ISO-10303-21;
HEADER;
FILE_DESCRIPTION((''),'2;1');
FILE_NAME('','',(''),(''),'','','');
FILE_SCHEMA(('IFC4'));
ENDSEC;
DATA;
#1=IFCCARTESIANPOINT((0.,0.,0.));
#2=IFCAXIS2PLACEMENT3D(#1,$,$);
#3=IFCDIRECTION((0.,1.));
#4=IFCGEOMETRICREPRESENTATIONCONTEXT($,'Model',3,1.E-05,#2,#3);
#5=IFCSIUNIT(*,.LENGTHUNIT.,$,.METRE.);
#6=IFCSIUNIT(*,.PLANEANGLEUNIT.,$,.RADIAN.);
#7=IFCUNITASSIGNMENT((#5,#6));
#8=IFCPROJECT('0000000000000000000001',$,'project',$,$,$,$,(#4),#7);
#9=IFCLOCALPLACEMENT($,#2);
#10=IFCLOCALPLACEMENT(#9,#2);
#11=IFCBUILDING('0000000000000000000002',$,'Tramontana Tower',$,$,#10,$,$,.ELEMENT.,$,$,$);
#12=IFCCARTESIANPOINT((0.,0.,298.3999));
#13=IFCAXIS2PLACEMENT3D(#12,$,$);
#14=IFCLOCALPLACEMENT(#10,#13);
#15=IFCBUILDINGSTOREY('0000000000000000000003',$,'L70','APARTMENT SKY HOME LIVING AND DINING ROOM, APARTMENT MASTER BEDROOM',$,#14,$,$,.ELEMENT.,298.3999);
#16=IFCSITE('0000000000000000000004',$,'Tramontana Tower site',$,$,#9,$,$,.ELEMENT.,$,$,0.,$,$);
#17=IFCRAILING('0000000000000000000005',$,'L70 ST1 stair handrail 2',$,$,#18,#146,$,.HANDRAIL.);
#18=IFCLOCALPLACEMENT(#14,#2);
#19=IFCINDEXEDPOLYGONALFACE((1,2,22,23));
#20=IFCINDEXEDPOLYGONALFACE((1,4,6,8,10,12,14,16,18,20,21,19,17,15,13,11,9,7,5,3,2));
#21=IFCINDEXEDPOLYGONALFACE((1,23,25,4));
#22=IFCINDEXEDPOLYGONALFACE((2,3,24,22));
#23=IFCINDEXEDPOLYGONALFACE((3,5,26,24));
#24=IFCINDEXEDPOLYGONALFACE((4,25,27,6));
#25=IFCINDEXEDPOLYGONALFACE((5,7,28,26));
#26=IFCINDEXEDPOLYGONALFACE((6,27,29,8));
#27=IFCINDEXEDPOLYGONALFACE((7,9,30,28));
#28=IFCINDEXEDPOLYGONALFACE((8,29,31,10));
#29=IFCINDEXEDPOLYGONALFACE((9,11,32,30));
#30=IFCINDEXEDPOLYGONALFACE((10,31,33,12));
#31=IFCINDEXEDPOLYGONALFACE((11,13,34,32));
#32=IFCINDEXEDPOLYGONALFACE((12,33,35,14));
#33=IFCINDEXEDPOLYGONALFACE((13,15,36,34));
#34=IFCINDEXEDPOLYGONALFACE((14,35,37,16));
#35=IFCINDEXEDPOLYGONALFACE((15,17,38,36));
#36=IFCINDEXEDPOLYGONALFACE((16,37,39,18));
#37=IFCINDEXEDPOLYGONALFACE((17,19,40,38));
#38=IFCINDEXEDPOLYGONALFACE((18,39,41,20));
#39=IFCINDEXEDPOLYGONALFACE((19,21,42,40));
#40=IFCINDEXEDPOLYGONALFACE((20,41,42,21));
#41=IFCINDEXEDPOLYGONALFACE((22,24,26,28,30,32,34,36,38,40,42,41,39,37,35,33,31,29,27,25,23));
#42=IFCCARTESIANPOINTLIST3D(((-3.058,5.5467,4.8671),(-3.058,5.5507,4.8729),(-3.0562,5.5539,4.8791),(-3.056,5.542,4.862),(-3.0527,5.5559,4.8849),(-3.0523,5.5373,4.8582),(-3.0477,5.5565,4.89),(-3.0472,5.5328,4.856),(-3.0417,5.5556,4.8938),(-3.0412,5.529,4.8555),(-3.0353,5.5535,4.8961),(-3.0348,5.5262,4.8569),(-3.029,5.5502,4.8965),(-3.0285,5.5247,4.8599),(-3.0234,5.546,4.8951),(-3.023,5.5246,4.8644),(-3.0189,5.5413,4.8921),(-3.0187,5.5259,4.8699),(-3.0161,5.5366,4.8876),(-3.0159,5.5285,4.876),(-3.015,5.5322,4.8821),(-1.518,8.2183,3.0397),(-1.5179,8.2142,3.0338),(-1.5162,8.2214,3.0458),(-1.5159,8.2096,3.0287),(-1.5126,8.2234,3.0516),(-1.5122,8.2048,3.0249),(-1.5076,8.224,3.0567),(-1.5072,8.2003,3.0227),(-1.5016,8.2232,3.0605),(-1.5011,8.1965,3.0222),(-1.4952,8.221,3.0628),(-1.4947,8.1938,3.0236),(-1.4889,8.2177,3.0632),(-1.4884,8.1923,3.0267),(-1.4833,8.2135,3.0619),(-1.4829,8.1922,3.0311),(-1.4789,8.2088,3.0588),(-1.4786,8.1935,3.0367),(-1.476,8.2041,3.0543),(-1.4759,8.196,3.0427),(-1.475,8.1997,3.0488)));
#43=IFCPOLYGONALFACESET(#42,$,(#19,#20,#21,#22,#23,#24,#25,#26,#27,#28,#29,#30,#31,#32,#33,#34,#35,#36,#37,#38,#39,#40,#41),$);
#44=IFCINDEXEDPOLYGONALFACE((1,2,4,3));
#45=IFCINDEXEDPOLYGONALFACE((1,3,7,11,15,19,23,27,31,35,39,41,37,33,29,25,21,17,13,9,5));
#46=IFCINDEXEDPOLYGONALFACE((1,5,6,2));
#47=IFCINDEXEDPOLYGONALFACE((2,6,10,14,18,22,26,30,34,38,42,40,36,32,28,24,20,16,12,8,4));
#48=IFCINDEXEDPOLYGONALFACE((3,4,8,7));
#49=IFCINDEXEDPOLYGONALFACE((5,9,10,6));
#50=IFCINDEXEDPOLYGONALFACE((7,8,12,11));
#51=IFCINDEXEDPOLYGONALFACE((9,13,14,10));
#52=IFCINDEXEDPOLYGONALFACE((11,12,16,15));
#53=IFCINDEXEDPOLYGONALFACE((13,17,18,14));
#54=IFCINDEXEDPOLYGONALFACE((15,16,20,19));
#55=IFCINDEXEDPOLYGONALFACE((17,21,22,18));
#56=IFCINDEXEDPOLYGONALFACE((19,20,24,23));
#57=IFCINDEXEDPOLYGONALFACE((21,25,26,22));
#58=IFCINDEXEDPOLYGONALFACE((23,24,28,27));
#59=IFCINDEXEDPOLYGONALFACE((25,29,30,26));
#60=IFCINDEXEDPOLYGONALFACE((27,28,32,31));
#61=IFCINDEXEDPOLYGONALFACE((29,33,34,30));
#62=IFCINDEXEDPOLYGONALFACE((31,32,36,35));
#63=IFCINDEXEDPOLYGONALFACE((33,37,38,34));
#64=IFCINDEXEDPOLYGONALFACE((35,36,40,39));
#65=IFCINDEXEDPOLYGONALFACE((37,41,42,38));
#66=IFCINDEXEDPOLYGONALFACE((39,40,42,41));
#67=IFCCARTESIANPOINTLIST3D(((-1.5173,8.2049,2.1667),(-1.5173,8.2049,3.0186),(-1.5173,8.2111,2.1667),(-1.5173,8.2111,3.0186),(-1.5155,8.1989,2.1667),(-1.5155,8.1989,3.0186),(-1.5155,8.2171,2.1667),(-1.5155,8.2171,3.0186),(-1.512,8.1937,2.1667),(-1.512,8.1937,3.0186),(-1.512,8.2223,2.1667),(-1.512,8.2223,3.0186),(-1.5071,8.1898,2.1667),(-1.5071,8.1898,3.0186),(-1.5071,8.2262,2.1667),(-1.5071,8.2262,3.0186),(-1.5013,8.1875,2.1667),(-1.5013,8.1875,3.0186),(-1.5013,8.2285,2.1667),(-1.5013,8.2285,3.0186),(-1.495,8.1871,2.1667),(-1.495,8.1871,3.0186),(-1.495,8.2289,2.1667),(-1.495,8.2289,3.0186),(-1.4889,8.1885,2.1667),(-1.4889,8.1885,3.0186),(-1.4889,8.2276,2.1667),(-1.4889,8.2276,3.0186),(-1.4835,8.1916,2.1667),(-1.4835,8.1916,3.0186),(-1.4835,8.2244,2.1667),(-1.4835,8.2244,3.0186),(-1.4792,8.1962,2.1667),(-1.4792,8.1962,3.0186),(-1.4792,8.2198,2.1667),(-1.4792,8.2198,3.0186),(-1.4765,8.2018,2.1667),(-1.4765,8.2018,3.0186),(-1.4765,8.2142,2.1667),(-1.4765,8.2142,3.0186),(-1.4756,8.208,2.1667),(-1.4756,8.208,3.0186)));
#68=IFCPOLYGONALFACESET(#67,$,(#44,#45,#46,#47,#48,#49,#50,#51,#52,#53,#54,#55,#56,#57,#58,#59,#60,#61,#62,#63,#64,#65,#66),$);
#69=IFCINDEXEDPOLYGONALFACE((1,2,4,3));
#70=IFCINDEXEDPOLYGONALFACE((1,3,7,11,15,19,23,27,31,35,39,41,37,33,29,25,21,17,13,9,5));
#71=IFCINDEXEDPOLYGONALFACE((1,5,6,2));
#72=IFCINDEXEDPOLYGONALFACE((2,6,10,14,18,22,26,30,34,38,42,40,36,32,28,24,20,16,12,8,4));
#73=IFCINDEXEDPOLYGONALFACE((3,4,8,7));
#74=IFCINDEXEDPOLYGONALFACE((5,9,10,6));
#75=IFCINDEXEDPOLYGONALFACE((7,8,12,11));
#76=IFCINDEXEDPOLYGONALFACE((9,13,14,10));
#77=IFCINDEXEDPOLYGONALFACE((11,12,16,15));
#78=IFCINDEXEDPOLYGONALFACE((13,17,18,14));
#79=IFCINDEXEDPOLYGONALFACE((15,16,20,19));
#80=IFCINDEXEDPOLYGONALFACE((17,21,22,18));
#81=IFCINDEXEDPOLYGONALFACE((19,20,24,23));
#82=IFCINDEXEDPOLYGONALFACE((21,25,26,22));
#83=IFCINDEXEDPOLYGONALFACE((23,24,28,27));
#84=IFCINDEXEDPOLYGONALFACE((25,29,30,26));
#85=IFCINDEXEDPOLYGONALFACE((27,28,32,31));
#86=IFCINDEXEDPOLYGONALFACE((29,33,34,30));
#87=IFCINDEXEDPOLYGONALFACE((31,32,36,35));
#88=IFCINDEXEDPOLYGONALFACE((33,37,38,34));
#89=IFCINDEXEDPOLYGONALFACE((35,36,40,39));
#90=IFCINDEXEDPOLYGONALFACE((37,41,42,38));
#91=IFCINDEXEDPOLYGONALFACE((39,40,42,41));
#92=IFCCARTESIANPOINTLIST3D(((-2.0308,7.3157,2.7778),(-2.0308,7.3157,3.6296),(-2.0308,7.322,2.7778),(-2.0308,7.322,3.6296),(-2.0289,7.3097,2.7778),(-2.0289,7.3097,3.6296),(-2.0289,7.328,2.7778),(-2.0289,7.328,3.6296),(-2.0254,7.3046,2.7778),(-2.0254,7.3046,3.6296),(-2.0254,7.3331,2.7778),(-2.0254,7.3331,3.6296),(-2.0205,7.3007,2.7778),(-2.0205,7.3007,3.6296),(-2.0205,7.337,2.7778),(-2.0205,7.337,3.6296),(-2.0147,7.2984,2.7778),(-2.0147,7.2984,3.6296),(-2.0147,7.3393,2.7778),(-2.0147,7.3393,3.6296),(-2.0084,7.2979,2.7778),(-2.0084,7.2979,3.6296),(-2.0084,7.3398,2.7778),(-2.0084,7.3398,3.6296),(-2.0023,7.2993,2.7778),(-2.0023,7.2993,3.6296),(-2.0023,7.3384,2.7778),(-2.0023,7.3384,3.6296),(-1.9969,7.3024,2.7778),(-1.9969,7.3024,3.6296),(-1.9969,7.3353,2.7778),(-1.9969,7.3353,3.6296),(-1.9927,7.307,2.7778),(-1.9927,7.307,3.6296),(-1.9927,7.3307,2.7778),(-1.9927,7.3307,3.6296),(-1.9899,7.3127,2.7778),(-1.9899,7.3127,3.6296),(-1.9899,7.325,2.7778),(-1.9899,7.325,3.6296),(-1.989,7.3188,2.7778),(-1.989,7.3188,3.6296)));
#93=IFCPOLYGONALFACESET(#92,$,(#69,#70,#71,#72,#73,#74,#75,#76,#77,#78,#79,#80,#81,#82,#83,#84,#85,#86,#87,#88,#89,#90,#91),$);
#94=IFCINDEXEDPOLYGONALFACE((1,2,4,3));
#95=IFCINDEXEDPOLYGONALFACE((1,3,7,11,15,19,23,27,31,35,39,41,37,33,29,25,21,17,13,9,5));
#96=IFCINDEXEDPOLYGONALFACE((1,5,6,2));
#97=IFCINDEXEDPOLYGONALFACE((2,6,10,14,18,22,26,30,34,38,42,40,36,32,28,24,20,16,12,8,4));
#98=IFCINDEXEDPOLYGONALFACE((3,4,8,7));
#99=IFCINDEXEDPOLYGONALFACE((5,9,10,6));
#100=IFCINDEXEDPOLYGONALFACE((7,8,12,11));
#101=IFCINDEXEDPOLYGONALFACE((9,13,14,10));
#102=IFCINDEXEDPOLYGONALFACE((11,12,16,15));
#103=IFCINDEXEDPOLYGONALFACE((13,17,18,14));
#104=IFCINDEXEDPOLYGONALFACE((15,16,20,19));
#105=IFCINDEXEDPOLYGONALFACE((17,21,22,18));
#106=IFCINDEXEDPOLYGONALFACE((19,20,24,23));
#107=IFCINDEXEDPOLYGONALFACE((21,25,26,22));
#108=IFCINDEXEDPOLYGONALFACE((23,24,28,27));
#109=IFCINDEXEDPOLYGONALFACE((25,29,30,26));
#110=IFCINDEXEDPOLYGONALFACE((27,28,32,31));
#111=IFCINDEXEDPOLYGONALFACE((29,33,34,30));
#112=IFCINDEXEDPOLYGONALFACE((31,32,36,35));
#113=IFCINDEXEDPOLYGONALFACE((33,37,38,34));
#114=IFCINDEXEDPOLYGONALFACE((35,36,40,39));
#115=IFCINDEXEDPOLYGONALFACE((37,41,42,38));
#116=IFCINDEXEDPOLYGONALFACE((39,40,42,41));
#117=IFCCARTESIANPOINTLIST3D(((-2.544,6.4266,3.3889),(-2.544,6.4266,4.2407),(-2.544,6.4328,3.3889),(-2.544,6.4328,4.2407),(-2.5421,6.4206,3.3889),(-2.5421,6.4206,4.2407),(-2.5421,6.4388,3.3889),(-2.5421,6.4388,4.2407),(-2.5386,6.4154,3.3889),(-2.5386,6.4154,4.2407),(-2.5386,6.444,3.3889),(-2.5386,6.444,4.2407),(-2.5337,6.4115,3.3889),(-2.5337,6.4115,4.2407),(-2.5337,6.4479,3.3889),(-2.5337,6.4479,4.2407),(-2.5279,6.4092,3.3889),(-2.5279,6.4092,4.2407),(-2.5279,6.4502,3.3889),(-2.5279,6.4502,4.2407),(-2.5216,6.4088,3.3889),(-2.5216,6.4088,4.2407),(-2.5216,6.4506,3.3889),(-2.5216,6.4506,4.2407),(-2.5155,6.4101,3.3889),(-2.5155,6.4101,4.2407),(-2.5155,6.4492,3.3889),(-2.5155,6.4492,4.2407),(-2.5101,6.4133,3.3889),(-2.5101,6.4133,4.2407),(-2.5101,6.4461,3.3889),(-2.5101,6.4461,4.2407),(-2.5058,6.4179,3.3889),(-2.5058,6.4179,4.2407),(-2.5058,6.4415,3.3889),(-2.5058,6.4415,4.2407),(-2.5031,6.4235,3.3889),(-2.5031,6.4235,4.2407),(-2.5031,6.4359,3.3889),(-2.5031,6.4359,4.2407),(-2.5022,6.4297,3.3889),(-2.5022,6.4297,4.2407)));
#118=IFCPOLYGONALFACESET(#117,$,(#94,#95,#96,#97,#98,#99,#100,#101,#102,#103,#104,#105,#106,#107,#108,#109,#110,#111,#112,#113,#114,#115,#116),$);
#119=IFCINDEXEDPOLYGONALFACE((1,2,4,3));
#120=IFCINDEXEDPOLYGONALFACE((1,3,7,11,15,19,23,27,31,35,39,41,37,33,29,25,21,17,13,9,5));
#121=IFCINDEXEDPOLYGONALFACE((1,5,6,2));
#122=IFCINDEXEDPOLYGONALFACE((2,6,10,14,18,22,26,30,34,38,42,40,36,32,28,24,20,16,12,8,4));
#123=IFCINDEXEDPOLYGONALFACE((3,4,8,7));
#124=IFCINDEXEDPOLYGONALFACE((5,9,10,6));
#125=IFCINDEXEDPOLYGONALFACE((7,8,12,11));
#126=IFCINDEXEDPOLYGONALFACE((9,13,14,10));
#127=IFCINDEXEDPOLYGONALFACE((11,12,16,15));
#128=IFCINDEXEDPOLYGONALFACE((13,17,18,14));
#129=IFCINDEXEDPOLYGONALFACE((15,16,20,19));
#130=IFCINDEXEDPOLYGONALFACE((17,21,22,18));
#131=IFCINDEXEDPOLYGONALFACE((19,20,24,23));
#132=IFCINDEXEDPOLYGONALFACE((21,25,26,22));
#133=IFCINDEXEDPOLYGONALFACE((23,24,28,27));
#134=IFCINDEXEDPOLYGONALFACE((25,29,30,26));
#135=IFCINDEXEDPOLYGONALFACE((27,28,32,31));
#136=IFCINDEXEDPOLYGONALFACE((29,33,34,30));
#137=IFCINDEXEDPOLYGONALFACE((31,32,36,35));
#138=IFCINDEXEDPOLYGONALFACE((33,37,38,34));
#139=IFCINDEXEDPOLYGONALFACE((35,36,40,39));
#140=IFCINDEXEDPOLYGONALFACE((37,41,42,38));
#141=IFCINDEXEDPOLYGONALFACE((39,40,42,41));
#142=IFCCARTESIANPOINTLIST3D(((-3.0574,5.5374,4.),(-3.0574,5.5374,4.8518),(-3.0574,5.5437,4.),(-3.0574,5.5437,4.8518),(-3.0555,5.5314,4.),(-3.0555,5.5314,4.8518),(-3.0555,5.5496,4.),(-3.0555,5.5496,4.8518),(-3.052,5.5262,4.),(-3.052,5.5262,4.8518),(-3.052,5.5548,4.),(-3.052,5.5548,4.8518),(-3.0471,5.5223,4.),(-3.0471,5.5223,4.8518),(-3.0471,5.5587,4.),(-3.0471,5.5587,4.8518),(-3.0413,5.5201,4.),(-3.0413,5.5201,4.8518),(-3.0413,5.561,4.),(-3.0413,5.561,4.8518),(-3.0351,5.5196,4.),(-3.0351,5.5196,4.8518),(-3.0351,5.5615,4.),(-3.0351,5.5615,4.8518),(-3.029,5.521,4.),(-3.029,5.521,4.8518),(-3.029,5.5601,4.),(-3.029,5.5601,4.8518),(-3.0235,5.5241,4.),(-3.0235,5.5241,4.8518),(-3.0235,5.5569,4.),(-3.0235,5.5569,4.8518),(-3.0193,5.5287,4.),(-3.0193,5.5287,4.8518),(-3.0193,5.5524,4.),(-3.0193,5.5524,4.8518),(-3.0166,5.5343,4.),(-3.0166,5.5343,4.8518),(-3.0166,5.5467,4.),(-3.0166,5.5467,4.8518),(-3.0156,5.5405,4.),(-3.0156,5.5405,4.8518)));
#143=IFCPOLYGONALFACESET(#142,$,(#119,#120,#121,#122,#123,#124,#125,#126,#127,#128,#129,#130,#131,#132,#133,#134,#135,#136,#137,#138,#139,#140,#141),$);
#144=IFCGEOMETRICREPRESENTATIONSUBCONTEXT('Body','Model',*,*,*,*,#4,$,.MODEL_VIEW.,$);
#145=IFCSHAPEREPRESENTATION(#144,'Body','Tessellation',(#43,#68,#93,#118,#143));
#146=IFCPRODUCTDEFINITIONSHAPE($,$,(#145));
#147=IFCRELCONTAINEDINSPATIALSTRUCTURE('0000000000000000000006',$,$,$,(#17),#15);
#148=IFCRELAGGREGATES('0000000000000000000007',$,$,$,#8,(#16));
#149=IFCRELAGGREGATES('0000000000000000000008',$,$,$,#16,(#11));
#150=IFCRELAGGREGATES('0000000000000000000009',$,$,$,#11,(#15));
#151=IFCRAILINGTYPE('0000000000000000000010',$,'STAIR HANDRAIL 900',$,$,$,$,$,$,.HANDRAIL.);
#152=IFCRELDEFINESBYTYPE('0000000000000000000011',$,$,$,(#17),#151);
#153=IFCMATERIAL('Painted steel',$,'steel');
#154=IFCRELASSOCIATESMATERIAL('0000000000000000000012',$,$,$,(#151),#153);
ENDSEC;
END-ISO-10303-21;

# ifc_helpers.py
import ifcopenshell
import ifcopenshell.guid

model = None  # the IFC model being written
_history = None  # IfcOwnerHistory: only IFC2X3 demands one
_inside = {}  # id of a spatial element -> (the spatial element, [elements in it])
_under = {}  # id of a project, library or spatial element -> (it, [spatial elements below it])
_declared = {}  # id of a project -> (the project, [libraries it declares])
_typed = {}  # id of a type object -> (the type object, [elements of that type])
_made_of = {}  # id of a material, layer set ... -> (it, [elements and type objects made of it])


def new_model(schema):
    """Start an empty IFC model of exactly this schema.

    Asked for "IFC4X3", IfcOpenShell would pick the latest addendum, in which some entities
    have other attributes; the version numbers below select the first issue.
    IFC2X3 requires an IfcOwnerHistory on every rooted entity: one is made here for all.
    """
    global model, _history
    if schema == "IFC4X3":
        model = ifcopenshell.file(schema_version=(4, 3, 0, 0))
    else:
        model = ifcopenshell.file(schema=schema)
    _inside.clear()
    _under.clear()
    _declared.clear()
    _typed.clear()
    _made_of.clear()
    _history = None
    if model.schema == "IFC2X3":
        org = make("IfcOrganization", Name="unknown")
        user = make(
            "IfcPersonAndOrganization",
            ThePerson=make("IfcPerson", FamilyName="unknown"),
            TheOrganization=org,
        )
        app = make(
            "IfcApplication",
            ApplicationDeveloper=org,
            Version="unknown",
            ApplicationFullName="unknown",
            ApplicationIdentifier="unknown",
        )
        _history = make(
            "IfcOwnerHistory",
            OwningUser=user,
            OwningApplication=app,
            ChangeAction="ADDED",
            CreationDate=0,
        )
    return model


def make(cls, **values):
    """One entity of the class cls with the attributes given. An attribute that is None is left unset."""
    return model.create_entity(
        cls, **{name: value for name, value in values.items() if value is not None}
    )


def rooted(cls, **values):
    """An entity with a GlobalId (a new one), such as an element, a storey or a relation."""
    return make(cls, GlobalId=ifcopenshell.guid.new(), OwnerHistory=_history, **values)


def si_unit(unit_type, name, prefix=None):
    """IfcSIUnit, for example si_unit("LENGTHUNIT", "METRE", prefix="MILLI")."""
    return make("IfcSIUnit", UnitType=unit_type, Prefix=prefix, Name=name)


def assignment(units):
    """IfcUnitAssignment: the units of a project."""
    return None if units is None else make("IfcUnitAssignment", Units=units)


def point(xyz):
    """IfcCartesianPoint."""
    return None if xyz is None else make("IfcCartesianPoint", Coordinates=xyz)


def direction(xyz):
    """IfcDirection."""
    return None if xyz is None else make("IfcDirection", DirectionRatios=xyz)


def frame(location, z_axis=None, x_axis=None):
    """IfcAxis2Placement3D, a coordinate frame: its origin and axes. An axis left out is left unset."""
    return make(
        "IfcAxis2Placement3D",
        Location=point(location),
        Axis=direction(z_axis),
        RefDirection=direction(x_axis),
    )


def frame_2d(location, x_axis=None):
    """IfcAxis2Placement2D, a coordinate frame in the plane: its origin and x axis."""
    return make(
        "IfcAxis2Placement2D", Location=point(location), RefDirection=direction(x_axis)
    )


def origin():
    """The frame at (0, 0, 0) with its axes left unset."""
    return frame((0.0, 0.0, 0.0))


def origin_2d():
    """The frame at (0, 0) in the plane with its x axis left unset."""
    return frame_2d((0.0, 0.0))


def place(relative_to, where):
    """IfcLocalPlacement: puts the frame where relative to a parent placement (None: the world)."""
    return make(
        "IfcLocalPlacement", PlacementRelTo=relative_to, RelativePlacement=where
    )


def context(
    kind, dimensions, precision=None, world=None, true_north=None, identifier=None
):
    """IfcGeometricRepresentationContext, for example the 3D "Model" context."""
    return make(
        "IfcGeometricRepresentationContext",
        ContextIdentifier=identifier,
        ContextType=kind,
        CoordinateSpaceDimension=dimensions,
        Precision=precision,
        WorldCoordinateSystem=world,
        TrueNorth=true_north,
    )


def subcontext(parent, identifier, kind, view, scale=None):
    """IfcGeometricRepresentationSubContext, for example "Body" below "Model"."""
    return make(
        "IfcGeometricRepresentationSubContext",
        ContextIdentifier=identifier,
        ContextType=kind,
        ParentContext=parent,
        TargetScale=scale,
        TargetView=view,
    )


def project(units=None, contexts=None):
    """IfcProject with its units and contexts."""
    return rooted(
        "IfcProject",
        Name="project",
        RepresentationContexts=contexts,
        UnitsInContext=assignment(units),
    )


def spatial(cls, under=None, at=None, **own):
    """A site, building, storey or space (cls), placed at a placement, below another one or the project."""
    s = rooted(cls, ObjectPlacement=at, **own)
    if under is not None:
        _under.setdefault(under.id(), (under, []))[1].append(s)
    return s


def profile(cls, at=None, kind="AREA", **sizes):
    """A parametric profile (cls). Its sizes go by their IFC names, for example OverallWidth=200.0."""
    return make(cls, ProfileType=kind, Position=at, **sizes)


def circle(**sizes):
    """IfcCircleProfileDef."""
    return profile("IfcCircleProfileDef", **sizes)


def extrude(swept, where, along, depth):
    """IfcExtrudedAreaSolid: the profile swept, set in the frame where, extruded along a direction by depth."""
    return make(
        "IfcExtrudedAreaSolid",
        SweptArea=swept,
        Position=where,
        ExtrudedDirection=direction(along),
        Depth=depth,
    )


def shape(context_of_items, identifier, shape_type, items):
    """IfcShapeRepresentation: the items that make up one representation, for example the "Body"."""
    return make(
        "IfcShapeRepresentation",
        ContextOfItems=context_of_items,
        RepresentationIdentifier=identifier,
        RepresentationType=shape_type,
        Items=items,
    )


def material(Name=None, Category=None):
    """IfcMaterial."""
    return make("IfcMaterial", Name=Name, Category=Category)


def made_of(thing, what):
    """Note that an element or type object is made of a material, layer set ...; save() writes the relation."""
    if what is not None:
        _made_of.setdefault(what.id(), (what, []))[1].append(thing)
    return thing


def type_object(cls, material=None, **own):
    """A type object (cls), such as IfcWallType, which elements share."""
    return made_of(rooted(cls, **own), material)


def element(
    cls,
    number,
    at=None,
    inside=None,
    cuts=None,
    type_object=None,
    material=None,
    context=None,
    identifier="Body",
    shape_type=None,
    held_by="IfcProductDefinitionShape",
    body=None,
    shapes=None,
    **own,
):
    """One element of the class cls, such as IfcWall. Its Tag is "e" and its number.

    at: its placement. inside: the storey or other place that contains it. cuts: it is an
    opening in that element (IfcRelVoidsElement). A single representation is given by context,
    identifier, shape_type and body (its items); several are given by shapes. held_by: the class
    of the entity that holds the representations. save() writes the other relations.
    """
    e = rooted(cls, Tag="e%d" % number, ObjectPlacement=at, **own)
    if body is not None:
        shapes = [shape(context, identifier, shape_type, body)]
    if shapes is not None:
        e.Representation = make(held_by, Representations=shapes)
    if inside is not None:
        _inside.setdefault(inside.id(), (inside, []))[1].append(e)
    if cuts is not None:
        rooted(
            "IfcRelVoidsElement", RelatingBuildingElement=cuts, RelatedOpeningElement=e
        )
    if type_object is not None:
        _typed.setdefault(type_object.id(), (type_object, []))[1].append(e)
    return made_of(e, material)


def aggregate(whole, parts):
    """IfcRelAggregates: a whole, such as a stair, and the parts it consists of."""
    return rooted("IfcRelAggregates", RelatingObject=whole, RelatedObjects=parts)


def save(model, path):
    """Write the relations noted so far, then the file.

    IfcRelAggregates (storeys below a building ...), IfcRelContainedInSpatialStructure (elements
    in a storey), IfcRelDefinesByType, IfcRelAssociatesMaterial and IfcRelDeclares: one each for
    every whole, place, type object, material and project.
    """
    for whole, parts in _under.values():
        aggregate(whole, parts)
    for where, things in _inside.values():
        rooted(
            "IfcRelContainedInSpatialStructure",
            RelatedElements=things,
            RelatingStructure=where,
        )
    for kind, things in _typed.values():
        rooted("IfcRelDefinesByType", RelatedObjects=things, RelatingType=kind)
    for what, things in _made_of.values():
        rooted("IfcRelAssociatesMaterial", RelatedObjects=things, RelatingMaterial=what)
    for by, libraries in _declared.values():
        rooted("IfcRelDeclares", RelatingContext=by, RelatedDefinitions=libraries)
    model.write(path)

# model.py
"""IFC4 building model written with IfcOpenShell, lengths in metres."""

from ifc_helpers import new_model, si_unit, direction, frame, origin, origin_2d, place, context, subcontext, project, spatial, circle, extrude, material, type_object, element, save


model = new_model("IFC4")

# Units and contexts
model_context = context("Model", 3, precision=1e-05, world=origin(), true_north=direction((0.0, 1.0)))
body_context = subcontext(model_context, "Body", "Model", "MODEL_VIEW")
ifc_project = project(units=[si_unit("LENGTHUNIT", "METRE"), si_unit("PLANEANGLEUNIT", "RADIAN")], contexts=[model_context])

# Site, building, storey
site_placement = place(None, origin())
site = spatial("IfcSite", under=ifc_project, at=site_placement, Name="Tramontana Tower site", CompositionType="ELEMENT", RefElevation=0.0)
building_placement = place(site_placement, origin())
building = spatial("IfcBuilding", under=site, at=building_placement, Name="Tramontana Tower", CompositionType="ELEMENT")
storey_placement = place(building_placement, frame((0.0, 0.0, 298.3999)))
storey = spatial("IfcBuildingStorey", under=building, at=storey_placement, Name="L70", Description="APARTMENT SKY HOME LIVING AND DINING ROOM, APARTMENT MASTER BEDROOM", CompositionType="ELEMENT", Elevation=298.3999)

# Railing
ifc_material_1 = material(Name="Painted steel", Category="steel")
railing_type_1 = type_object("IfcRailingType", Name="STAIR HANDRAIL 900", PredefinedType="HANDRAIL", material=ifc_material_1)
railing_1_placement = place(storey_placement, frame((-1.4966, 8.208, 2.1667)))
element("IfcRailing", 1, at=railing_1_placement, inside=storey, type_object=railing_type_1, Name="L70 ST1 stair handrail 2", PredefinedType="HANDRAIL", context=body_context, shape_type="SweptSolid", body=[
    extrude(circle(Radius=0.0239, at=origin_2d()), frame((0.0, 0.0, 0.876), z_axis=(-0.429649, -0.74419, 0.511452), x_axis=(0.86603, -0.499992, 0.0)), (0.0, 0.0, 1.0), 3.5845),
    extrude(circle(Radius=0.021, at=origin_2d()), origin(), (0.0, 0.0, 1.0), 0.8518),
    extrude(circle(Radius=0.021, at=origin_2d()), frame((-0.5134, -0.8892, 0.6111)), (0.0, 0.0, 1.0), 0.8518),
    extrude(circle(Radius=0.021, at=origin_2d()), frame((-1.0266, -1.7783, 1.2222)), (0.0, 0.0, 1.0), 0.8518),
    extrude(circle(Radius=0.021, at=origin_2d()), frame((-1.54, -2.6675, 1.8333)), (0.0, 0.0, 1.0), 0.8518),
])

save(model, "model.ifc")
